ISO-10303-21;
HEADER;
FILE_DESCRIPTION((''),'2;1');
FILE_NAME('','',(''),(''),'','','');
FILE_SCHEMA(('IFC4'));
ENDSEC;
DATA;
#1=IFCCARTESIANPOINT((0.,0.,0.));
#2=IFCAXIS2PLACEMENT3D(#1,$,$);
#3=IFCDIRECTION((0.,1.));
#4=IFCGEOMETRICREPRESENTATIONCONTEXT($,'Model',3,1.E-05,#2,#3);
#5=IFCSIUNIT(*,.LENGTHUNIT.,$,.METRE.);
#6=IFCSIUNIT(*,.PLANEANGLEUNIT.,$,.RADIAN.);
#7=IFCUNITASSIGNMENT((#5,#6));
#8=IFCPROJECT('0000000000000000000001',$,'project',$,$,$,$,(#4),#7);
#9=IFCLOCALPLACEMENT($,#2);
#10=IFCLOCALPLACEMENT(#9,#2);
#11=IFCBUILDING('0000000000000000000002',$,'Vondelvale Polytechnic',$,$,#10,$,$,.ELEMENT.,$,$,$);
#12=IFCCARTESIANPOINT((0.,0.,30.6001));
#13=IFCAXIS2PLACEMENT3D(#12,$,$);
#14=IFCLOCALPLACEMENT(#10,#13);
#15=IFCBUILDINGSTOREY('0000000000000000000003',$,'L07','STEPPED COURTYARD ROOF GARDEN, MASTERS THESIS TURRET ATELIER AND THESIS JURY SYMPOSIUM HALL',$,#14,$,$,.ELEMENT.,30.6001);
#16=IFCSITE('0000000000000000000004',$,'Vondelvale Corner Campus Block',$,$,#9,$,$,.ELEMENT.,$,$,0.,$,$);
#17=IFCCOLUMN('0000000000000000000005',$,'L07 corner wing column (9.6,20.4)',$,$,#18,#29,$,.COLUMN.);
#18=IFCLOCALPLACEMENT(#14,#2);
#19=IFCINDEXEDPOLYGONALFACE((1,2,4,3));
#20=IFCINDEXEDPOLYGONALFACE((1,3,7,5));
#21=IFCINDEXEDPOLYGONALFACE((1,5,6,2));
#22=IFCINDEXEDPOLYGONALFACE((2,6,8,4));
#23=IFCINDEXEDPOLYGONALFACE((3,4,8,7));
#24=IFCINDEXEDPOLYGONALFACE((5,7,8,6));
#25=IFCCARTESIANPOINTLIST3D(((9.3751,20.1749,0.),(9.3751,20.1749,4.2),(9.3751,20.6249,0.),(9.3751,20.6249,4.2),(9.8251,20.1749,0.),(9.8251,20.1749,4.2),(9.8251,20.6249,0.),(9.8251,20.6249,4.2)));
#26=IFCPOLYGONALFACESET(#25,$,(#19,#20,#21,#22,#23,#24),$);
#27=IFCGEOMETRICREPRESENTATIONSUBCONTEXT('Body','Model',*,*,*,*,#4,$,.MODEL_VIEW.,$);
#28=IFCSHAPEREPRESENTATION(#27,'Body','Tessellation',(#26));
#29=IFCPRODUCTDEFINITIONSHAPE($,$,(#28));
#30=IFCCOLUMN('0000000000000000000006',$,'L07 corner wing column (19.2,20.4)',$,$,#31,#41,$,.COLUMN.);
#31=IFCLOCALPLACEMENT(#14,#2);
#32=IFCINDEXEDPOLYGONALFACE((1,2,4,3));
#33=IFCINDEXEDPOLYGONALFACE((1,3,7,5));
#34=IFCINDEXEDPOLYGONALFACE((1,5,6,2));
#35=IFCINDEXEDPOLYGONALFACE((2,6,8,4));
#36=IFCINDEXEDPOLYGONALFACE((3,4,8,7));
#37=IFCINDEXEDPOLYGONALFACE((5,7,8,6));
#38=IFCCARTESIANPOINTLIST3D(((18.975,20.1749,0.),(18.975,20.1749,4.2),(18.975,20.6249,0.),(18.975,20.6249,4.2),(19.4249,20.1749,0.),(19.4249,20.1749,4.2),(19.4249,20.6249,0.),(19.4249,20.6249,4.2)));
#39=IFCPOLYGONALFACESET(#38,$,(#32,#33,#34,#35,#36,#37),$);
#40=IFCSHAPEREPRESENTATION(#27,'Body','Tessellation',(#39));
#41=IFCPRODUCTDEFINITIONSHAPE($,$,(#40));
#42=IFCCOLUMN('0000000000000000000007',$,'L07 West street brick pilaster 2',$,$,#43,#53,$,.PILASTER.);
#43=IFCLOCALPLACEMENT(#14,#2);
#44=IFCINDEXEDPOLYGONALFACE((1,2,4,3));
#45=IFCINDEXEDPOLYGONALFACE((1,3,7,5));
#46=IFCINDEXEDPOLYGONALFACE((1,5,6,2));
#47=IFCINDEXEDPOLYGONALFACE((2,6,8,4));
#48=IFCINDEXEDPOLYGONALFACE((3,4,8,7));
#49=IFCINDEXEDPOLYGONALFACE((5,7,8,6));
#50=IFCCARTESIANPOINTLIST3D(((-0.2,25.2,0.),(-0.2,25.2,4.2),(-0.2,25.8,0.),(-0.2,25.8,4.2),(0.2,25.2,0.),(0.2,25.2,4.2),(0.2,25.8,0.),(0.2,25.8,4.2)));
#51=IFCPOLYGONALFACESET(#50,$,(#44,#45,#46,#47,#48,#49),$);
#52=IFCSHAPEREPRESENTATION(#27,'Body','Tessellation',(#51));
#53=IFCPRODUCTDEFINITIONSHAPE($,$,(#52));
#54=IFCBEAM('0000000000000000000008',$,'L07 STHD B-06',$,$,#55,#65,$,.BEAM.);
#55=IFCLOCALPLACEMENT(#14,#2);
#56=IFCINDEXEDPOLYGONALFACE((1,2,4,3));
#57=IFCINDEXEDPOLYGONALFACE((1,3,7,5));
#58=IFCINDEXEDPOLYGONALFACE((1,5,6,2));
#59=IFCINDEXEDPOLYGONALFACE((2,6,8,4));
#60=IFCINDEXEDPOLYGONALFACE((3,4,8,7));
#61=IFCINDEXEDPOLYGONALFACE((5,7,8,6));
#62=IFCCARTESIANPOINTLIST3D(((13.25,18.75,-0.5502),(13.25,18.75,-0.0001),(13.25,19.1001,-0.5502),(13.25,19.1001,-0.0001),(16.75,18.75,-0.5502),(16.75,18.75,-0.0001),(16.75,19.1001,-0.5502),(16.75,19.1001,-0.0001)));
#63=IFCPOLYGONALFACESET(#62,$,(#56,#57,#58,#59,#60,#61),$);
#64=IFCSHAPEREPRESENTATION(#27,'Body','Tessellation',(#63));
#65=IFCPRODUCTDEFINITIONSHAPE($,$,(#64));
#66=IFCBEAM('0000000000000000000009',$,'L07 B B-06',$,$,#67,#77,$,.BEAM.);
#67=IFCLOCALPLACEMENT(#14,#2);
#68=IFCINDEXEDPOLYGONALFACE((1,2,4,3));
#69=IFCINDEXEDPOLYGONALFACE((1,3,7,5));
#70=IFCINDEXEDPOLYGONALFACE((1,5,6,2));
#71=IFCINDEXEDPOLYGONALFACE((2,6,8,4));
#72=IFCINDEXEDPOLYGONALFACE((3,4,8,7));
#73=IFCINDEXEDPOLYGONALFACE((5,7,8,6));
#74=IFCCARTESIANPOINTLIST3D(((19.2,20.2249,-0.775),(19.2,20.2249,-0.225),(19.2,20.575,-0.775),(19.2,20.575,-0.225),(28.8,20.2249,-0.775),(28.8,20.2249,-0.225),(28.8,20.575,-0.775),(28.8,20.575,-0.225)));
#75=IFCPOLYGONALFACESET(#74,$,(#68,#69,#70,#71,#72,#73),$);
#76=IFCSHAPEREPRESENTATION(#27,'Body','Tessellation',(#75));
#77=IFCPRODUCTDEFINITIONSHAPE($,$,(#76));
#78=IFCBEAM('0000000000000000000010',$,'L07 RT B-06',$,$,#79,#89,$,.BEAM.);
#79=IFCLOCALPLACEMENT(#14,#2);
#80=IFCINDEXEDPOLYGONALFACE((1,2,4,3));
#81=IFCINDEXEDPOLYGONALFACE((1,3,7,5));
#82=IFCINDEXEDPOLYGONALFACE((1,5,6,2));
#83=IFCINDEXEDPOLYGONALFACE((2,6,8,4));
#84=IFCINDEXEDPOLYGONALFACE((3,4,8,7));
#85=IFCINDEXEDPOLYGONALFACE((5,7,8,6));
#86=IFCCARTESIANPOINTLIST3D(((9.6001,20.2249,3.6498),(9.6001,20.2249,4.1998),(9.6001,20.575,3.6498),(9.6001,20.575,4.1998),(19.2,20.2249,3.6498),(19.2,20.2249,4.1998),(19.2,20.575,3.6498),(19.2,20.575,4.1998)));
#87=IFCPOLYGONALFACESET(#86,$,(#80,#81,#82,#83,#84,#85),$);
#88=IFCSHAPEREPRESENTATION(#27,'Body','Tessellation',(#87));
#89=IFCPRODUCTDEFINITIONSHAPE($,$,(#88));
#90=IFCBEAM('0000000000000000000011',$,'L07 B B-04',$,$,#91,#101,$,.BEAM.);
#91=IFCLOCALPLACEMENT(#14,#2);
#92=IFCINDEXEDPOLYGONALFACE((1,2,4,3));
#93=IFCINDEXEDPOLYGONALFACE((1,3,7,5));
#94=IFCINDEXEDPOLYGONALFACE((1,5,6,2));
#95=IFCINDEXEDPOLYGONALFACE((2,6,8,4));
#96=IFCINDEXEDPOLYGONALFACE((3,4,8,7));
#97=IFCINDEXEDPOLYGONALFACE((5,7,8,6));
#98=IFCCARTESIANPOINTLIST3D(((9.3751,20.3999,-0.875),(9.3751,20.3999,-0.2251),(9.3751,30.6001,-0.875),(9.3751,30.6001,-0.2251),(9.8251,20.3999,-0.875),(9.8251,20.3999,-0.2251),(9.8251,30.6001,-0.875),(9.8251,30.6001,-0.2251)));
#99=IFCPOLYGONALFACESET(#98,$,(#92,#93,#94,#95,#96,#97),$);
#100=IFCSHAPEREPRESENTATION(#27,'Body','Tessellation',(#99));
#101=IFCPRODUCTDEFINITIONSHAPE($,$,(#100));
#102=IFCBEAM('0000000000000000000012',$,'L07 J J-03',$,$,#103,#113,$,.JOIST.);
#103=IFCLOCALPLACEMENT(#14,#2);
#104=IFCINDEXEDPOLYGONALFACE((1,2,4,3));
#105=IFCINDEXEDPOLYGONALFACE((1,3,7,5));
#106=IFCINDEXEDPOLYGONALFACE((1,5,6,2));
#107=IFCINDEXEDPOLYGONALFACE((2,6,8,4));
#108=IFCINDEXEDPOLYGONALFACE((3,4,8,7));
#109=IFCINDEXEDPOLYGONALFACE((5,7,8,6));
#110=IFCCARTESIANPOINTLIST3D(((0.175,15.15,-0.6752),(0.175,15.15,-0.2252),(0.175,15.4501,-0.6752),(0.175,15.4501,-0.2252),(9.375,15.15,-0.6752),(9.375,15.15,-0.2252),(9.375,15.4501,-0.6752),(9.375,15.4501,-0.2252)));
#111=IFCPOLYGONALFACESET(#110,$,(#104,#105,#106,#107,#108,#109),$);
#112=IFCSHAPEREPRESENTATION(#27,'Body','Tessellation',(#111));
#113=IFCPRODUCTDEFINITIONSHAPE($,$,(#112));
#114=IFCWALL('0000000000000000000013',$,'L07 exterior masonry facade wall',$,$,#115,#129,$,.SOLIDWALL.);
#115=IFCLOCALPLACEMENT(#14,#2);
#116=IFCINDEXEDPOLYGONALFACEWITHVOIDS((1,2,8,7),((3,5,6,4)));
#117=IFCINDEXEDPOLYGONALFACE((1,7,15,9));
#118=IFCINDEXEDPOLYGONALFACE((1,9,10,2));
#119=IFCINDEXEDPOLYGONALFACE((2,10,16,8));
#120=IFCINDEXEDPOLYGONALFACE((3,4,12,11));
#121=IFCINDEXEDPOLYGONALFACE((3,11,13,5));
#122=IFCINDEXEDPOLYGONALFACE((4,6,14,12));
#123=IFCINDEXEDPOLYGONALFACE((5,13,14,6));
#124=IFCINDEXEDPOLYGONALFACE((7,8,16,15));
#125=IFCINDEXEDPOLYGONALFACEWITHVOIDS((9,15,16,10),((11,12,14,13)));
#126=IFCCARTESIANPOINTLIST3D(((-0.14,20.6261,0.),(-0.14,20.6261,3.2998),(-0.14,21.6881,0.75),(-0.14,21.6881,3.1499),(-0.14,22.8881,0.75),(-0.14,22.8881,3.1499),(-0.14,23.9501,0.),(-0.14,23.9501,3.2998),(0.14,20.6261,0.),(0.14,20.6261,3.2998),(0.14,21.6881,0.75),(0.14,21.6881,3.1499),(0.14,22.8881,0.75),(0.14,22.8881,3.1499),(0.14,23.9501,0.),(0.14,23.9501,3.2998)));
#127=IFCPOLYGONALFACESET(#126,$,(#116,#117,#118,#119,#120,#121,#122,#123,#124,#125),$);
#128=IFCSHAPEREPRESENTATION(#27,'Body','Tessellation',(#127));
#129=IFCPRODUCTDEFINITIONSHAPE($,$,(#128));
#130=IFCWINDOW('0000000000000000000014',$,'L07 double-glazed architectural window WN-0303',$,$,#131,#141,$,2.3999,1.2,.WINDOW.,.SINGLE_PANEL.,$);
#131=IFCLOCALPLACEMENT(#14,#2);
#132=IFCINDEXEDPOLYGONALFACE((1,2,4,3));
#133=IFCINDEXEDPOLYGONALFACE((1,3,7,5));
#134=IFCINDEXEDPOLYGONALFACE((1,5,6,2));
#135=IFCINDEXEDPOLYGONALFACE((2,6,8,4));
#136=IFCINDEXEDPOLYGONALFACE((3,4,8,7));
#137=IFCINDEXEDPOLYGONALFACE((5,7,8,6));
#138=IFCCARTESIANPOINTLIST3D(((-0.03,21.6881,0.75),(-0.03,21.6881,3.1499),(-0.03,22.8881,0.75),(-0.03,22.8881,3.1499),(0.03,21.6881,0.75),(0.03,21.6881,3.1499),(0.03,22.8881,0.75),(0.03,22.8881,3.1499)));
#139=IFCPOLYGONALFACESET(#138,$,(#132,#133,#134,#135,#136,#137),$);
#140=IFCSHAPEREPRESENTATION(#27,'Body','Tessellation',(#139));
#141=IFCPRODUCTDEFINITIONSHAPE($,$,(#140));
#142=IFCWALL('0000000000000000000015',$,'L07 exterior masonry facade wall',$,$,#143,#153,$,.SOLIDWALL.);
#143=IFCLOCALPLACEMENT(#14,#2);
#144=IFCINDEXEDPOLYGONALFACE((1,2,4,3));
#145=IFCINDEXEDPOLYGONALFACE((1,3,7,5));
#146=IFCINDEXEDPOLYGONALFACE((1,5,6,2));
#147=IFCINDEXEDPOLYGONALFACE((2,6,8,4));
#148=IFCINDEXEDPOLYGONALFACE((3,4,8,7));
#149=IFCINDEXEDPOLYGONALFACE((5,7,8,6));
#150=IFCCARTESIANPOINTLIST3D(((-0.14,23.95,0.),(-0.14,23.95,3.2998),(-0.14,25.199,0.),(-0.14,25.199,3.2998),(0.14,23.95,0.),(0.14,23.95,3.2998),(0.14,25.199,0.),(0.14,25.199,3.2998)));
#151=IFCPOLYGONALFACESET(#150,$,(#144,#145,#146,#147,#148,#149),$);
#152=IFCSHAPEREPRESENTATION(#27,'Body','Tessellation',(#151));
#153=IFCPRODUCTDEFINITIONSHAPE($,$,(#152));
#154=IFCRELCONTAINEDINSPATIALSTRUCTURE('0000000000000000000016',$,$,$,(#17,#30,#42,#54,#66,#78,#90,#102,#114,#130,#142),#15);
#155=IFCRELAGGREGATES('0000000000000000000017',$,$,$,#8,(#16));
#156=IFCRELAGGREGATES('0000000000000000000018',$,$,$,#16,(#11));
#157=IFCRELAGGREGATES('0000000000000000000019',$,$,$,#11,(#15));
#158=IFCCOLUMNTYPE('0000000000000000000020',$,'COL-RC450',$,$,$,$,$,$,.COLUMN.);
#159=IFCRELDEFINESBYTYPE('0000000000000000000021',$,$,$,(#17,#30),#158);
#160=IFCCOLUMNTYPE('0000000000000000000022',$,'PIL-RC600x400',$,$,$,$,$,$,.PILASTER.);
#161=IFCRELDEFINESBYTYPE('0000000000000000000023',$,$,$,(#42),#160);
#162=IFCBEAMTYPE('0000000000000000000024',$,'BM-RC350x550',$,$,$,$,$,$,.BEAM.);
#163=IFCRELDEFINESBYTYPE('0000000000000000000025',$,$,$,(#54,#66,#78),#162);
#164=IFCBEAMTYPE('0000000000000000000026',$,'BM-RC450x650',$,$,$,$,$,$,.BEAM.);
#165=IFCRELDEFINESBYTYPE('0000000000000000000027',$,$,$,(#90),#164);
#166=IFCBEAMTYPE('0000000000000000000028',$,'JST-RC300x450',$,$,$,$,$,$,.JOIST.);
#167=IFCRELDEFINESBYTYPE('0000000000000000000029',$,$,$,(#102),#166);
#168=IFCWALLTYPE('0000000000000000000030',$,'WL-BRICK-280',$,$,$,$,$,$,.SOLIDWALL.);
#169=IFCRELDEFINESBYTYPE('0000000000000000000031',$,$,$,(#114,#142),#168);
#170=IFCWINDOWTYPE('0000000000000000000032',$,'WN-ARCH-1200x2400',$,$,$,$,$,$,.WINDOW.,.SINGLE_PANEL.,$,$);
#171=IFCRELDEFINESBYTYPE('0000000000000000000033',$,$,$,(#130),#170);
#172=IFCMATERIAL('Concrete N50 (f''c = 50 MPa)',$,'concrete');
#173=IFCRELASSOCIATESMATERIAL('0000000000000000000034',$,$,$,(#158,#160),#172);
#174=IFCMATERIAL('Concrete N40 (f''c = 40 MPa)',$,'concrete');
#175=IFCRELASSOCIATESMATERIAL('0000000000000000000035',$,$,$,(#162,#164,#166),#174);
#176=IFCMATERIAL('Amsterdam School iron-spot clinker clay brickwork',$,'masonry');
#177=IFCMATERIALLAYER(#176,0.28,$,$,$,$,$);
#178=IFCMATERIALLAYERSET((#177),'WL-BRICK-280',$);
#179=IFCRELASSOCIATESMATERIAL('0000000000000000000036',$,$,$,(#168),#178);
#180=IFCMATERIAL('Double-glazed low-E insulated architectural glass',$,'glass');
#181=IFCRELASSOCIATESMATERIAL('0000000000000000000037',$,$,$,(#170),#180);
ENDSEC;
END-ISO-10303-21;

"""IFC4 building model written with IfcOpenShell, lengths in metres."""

from ifc_helpers import new_model, si_unit, direction, frame, frame_2d, origin, origin_2d, place, context, subcontext, project, spatial, rectangle, extrude, material, layer, layer_set, material_profile, profile_set, type_object, element, fill, save


model = new_model("IFC4")

# Units and contexts
model_context = context("Model", 3, precision=1e-05, world=origin(), true_north=direction((0.0, 1.0)))
body_context = subcontext(model_context, "Body", "Model", "MODEL_VIEW")
ifc_project = project(units=[si_unit("LENGTHUNIT", "METRE"), si_unit("PLANEANGLEUNIT", "RADIAN")], contexts=[model_context])

# Site, building, storey
site_placement = place(None, origin())
site = spatial("IfcSite", under=ifc_project, at=site_placement, Name="Vondelvale Corner Campus Block", CompositionType="ELEMENT", RefElevation=0.0)
building_placement = place(site_placement, origin())
building = spatial("IfcBuilding", under=site, at=building_placement, Name="Vondelvale Polytechnic", CompositionType="ELEMENT")
storey_placement = place(building_placement, frame((0.0, 0.0, 30.6001)))
storey = spatial("IfcBuildingStorey", under=building, at=storey_placement, Name="L07", Description="STEPPED COURTYARD ROOF GARDEN, MASTERS THESIS TURRET ATELIER AND THESIS JURY SYMPOSIUM HALL", CompositionType="ELEMENT", Elevation=30.6001)

# Columns
ifc_material_1 = material(Name="Concrete N50 (f'c = 50 MPa)", Category="concrete")
ifc_material_profile_1 = material_profile(ifc_material_1, rectangle(XDim=0.45, YDim=0.45, at=origin_2d()), Name="RC-COL-450x450")
ifc_profile_set_1 = profile_set([ifc_material_profile_1], Name="Concrete N50 (f'c = 50 MPa)")
column_type_1 = type_object("IfcColumnType", Name="COL-RC450", PredefinedType="COLUMN", material=ifc_profile_set_1)
for number, where, z_axis, x_axis, name in (
    (1, (9.6001, 20.3999, 0.0), (0.0, 0.0, 1.0), (1.0, 0.0, 0.0), "L07 corner wing column (9.6,20.4)"),
    (2, (19.2, 20.3999, 0.0), (0.0, 0.0, 1.0), (1.0, 0.0, 0.0), "L07 corner wing column (19.2,20.4)"),
):
    element("IfcColumn", number, at=place(storey_placement, frame(where, z_axis=z_axis, x_axis=x_axis)), inside=storey, type_object=column_type_1, Name=name, PredefinedType="COLUMN", context=body_context, shape_type="SweptSolid", body=[
        extrude(rectangle(XDim=0.45, YDim=0.45, at=origin_2d()), origin(), (0.0, 0.0, 1.0), 4.2),
    ])
ifc_material_profile_2 = material_profile(ifc_material_1, rectangle(XDim=0.3999, YDim=0.6001, at=origin_2d()), Name="RC-PIL-600x400")
ifc_profile_set_2 = profile_set([ifc_material_profile_2], Name="Concrete N50 (f'c = 50 MPa)")
column_type_2 = type_object("IfcColumnType", Name="PIL-RC600x400", PredefinedType="PILASTER", material=ifc_profile_set_2)
column_placement = place(storey_placement, frame((0.0, 25.5, 0.0), z_axis=(0.0, 0.0, 1.0), x_axis=(1.0, 0.0, 0.0)))
element("IfcColumn", 3, at=column_placement, inside=storey, type_object=column_type_2, Name="L07 West street brick pilaster 2", PredefinedType="PILASTER", context=body_context, shape_type="SweptSolid", body=[
    extrude(rectangle(XDim=0.3999, YDim=0.6001, at=origin_2d()), origin(), (0.0, 0.0, 1.0), 4.2),
])

# Beams
ifc_material_2 = material(Name="Concrete N40 (f'c = 40 MPa)", Category="concrete")
ifc_material_profile_3 = material_profile(ifc_material_2, rectangle(XDim=0.3501, YDim=0.55, at=origin_2d()), Name="RC-BM-350x550")
ifc_profile_set_3 = profile_set([ifc_material_profile_3], Name="Concrete N40 (f'c = 40 MPa)")
beam_type_1 = type_object("IfcBeamType", Name="BM-RC350x550", PredefinedType="BEAM", material=ifc_profile_set_3)
beam_1_placement = place(storey_placement, frame((13.25, 18.925, -0.2751), z_axis=(1.0, 0.0, 0.0), x_axis=(0.0, 1.0, 0.0)))
element("IfcBeam", 4, at=beam_1_placement, inside=storey, type_object=beam_type_1, Name="L07 STHD B-06", PredefinedType="BEAM", context=body_context, shape_type="SweptSolid", body=[
    extrude(rectangle(XDim=0.3501, YDim=0.55, at=origin_2d()), origin(), (0.0, 0.0, 1.0), 3.5),
])
beam_2_placement = place(storey_placement, frame((19.2, 20.3999, -0.5), z_axis=(1.0, 0.0, 0.0), x_axis=(0.0, 1.0, 0.0)))
element("IfcBeam", 5, at=beam_2_placement, inside=storey, type_object=beam_type_1, Name="L07 B B-06", PredefinedType="BEAM", context=body_context, shape_type="SweptSolid", body=[
    extrude(rectangle(XDim=0.3501, YDim=0.55, at=origin_2d()), origin(), (0.0, 0.0, 1.0), 9.6001),
])
beam_3_placement = place(storey_placement, frame((9.6001, 20.3999, 3.9248), z_axis=(1.0, 0.0, 0.0), x_axis=(0.0, 1.0, 0.0)))
element("IfcBeam", 6, at=beam_3_placement, inside=storey, type_object=beam_type_1, Name="L07 RT B-06", PredefinedType="BEAM", context=body_context, shape_type="SweptSolid", body=[
    extrude(rectangle(XDim=0.3501, YDim=0.55, at=origin_2d()), origin(), (0.0, 0.0, 1.0), 9.5999),
])
ifc_material_profile_4 = material_profile(ifc_material_2, rectangle(XDim=0.45, YDim=0.6499, at=origin_2d()), Name="RC-BM-450x650")
ifc_profile_set_4 = profile_set([ifc_material_profile_4], Name="Concrete N40 (f'c = 40 MPa)")
beam_type_2 = type_object("IfcBeamType", Name="BM-RC450x650", PredefinedType="BEAM", material=ifc_profile_set_4)
beam_4_placement = place(storey_placement, frame((9.6001, 20.3999, -0.55), z_axis=(0.0, 1.0, 0.0), x_axis=(-1.0, 0.0, 0.0)))
element("IfcBeam", 7, at=beam_4_placement, inside=storey, type_object=beam_type_2, Name="L07 B B-04", PredefinedType="BEAM", context=body_context, shape_type="SweptSolid", body=[
    extrude(rectangle(XDim=0.45, YDim=0.6499, at=origin_2d()), origin(), (0.0, 0.0, 1.0), 10.2002),
])
ifc_material_profile_5 = material_profile(ifc_material_2, rectangle(XDim=0.3, YDim=0.45, at=origin_2d()), Name="RC-JST-300x450")
ifc_profile_set_5 = profile_set([ifc_material_profile_5], Name="Concrete N40 (f'c = 40 MPa)")
beam_type_3 = type_object("IfcBeamType", Name="JST-RC300x450", PredefinedType="JOIST", material=ifc_profile_set_5)
beam_5_placement = place(storey_placement, frame((0.175, 15.3, -0.4502), z_axis=(1.0, 0.0, 0.0), x_axis=(0.0, 1.0, 0.0)))
element("IfcBeam", 8, at=beam_5_placement, inside=storey, type_object=beam_type_3, Name="L07 J J-03", PredefinedType="JOIST", context=body_context, shape_type="SweptSolid", body=[
    extrude(rectangle(XDim=0.3, YDim=0.45, at=origin_2d()), origin(), (0.0, 0.0, 1.0), 9.2),
])

# Wall, opening, window
ifc_material_3 = material(Name="Amsterdam School iron-spot clinker clay brickwork", Category="masonry")
ifc_layer_1 = layer(ifc_material_3, 0.28)
ifc_layer_set_1 = layer_set([ifc_layer_1], Name="WL-BRICK-280")
wall_type_1 = type_object("IfcWallType", Name="WL-BRICK-280", PredefinedType="SOLIDWALL", material=ifc_layer_set_1)
wall_1_placement = place(storey_placement, frame((0.0, 20.626, 0.0), z_axis=(0.0, 0.0, 1.0), x_axis=(0.0, 1.0, 0.0)))
wall_1 = element("IfcWall", 9, at=wall_1_placement, inside=storey, type_object=wall_type_1, Name="L07 exterior masonry facade wall", PredefinedType="SOLIDWALL", context=body_context, shape_type="SweptSolid", body=[
    extrude(rectangle(XDim=3.324, YDim=0.28, at=frame_2d((1.6621, 0.0))), origin(), (0.0, 0.0, 1.0), 3.2998),
])
opening_1_placement = place(wall_1_placement, frame((1.062, 0.0, 0.75)))
opening_1 = element("IfcOpeningElement", 10, at=opening_1_placement, cuts=wall_1, PredefinedType="OPENING", context=body_context, shape_type="SweptSolid", body=[
    extrude(rectangle(XDim=1.2, YDim=2.3999, at=frame_2d((0.6001, 1.2))), frame((0.0, 0.1499, 0.0), z_axis=(0.0, -1.0, 0.0), x_axis=(1.0, 0.0, 0.0)), (0.0, 0.0, 1.0), 0.3),
])
ifc_material_4 = material(Name="Double-glazed low-E insulated architectural glass", Category="glass")
window_type_1 = type_object("IfcWindowType", Name="WN-ARCH-1200x2400", PartitioningType="SINGLE_PANEL", PredefinedType="WINDOW", material=ifc_material_4)
window_1_placement = place(opening_1_placement, origin())
window_1 = element("IfcWindow", 11, at=window_1_placement, inside=storey, type_object=window_type_1, Name="L07 double-glazed architectural window WN-0303", OverallHeight=2.3999, OverallWidth=1.2, PartitioningType="SINGLE_PANEL", PredefinedType="WINDOW", context=body_context, shape_type="SweptSolid", body=[
    extrude(rectangle(XDim=1.2, YDim=2.3999, at=frame_2d((0.6001, 1.2))), frame((0.0, 0.03, 0.0), z_axis=(0.0, -1.0, 0.0), x_axis=(1.0, 0.0, 0.0)), (0.0, 0.0, 1.0), 0.0601),
])
fill(opening_1, window_1)

# Wall
wall_2_placement = place(storey_placement, frame((0.0, 23.95, 0.0), z_axis=(0.0, 0.0, 1.0), x_axis=(0.0, 1.0, 0.0)))
element("IfcWall", 12, at=wall_2_placement, inside=storey, type_object=wall_type_1, Name="L07 exterior masonry facade wall", PredefinedType="SOLIDWALL", context=body_context, shape_type="SweptSolid", body=[
    extrude(rectangle(XDim=1.249, YDim=0.28, at=frame_2d((0.6245, 0.0))), origin(), (0.0, 0.0, 1.0), 3.2998),
])

save(model, "model.ifc")
